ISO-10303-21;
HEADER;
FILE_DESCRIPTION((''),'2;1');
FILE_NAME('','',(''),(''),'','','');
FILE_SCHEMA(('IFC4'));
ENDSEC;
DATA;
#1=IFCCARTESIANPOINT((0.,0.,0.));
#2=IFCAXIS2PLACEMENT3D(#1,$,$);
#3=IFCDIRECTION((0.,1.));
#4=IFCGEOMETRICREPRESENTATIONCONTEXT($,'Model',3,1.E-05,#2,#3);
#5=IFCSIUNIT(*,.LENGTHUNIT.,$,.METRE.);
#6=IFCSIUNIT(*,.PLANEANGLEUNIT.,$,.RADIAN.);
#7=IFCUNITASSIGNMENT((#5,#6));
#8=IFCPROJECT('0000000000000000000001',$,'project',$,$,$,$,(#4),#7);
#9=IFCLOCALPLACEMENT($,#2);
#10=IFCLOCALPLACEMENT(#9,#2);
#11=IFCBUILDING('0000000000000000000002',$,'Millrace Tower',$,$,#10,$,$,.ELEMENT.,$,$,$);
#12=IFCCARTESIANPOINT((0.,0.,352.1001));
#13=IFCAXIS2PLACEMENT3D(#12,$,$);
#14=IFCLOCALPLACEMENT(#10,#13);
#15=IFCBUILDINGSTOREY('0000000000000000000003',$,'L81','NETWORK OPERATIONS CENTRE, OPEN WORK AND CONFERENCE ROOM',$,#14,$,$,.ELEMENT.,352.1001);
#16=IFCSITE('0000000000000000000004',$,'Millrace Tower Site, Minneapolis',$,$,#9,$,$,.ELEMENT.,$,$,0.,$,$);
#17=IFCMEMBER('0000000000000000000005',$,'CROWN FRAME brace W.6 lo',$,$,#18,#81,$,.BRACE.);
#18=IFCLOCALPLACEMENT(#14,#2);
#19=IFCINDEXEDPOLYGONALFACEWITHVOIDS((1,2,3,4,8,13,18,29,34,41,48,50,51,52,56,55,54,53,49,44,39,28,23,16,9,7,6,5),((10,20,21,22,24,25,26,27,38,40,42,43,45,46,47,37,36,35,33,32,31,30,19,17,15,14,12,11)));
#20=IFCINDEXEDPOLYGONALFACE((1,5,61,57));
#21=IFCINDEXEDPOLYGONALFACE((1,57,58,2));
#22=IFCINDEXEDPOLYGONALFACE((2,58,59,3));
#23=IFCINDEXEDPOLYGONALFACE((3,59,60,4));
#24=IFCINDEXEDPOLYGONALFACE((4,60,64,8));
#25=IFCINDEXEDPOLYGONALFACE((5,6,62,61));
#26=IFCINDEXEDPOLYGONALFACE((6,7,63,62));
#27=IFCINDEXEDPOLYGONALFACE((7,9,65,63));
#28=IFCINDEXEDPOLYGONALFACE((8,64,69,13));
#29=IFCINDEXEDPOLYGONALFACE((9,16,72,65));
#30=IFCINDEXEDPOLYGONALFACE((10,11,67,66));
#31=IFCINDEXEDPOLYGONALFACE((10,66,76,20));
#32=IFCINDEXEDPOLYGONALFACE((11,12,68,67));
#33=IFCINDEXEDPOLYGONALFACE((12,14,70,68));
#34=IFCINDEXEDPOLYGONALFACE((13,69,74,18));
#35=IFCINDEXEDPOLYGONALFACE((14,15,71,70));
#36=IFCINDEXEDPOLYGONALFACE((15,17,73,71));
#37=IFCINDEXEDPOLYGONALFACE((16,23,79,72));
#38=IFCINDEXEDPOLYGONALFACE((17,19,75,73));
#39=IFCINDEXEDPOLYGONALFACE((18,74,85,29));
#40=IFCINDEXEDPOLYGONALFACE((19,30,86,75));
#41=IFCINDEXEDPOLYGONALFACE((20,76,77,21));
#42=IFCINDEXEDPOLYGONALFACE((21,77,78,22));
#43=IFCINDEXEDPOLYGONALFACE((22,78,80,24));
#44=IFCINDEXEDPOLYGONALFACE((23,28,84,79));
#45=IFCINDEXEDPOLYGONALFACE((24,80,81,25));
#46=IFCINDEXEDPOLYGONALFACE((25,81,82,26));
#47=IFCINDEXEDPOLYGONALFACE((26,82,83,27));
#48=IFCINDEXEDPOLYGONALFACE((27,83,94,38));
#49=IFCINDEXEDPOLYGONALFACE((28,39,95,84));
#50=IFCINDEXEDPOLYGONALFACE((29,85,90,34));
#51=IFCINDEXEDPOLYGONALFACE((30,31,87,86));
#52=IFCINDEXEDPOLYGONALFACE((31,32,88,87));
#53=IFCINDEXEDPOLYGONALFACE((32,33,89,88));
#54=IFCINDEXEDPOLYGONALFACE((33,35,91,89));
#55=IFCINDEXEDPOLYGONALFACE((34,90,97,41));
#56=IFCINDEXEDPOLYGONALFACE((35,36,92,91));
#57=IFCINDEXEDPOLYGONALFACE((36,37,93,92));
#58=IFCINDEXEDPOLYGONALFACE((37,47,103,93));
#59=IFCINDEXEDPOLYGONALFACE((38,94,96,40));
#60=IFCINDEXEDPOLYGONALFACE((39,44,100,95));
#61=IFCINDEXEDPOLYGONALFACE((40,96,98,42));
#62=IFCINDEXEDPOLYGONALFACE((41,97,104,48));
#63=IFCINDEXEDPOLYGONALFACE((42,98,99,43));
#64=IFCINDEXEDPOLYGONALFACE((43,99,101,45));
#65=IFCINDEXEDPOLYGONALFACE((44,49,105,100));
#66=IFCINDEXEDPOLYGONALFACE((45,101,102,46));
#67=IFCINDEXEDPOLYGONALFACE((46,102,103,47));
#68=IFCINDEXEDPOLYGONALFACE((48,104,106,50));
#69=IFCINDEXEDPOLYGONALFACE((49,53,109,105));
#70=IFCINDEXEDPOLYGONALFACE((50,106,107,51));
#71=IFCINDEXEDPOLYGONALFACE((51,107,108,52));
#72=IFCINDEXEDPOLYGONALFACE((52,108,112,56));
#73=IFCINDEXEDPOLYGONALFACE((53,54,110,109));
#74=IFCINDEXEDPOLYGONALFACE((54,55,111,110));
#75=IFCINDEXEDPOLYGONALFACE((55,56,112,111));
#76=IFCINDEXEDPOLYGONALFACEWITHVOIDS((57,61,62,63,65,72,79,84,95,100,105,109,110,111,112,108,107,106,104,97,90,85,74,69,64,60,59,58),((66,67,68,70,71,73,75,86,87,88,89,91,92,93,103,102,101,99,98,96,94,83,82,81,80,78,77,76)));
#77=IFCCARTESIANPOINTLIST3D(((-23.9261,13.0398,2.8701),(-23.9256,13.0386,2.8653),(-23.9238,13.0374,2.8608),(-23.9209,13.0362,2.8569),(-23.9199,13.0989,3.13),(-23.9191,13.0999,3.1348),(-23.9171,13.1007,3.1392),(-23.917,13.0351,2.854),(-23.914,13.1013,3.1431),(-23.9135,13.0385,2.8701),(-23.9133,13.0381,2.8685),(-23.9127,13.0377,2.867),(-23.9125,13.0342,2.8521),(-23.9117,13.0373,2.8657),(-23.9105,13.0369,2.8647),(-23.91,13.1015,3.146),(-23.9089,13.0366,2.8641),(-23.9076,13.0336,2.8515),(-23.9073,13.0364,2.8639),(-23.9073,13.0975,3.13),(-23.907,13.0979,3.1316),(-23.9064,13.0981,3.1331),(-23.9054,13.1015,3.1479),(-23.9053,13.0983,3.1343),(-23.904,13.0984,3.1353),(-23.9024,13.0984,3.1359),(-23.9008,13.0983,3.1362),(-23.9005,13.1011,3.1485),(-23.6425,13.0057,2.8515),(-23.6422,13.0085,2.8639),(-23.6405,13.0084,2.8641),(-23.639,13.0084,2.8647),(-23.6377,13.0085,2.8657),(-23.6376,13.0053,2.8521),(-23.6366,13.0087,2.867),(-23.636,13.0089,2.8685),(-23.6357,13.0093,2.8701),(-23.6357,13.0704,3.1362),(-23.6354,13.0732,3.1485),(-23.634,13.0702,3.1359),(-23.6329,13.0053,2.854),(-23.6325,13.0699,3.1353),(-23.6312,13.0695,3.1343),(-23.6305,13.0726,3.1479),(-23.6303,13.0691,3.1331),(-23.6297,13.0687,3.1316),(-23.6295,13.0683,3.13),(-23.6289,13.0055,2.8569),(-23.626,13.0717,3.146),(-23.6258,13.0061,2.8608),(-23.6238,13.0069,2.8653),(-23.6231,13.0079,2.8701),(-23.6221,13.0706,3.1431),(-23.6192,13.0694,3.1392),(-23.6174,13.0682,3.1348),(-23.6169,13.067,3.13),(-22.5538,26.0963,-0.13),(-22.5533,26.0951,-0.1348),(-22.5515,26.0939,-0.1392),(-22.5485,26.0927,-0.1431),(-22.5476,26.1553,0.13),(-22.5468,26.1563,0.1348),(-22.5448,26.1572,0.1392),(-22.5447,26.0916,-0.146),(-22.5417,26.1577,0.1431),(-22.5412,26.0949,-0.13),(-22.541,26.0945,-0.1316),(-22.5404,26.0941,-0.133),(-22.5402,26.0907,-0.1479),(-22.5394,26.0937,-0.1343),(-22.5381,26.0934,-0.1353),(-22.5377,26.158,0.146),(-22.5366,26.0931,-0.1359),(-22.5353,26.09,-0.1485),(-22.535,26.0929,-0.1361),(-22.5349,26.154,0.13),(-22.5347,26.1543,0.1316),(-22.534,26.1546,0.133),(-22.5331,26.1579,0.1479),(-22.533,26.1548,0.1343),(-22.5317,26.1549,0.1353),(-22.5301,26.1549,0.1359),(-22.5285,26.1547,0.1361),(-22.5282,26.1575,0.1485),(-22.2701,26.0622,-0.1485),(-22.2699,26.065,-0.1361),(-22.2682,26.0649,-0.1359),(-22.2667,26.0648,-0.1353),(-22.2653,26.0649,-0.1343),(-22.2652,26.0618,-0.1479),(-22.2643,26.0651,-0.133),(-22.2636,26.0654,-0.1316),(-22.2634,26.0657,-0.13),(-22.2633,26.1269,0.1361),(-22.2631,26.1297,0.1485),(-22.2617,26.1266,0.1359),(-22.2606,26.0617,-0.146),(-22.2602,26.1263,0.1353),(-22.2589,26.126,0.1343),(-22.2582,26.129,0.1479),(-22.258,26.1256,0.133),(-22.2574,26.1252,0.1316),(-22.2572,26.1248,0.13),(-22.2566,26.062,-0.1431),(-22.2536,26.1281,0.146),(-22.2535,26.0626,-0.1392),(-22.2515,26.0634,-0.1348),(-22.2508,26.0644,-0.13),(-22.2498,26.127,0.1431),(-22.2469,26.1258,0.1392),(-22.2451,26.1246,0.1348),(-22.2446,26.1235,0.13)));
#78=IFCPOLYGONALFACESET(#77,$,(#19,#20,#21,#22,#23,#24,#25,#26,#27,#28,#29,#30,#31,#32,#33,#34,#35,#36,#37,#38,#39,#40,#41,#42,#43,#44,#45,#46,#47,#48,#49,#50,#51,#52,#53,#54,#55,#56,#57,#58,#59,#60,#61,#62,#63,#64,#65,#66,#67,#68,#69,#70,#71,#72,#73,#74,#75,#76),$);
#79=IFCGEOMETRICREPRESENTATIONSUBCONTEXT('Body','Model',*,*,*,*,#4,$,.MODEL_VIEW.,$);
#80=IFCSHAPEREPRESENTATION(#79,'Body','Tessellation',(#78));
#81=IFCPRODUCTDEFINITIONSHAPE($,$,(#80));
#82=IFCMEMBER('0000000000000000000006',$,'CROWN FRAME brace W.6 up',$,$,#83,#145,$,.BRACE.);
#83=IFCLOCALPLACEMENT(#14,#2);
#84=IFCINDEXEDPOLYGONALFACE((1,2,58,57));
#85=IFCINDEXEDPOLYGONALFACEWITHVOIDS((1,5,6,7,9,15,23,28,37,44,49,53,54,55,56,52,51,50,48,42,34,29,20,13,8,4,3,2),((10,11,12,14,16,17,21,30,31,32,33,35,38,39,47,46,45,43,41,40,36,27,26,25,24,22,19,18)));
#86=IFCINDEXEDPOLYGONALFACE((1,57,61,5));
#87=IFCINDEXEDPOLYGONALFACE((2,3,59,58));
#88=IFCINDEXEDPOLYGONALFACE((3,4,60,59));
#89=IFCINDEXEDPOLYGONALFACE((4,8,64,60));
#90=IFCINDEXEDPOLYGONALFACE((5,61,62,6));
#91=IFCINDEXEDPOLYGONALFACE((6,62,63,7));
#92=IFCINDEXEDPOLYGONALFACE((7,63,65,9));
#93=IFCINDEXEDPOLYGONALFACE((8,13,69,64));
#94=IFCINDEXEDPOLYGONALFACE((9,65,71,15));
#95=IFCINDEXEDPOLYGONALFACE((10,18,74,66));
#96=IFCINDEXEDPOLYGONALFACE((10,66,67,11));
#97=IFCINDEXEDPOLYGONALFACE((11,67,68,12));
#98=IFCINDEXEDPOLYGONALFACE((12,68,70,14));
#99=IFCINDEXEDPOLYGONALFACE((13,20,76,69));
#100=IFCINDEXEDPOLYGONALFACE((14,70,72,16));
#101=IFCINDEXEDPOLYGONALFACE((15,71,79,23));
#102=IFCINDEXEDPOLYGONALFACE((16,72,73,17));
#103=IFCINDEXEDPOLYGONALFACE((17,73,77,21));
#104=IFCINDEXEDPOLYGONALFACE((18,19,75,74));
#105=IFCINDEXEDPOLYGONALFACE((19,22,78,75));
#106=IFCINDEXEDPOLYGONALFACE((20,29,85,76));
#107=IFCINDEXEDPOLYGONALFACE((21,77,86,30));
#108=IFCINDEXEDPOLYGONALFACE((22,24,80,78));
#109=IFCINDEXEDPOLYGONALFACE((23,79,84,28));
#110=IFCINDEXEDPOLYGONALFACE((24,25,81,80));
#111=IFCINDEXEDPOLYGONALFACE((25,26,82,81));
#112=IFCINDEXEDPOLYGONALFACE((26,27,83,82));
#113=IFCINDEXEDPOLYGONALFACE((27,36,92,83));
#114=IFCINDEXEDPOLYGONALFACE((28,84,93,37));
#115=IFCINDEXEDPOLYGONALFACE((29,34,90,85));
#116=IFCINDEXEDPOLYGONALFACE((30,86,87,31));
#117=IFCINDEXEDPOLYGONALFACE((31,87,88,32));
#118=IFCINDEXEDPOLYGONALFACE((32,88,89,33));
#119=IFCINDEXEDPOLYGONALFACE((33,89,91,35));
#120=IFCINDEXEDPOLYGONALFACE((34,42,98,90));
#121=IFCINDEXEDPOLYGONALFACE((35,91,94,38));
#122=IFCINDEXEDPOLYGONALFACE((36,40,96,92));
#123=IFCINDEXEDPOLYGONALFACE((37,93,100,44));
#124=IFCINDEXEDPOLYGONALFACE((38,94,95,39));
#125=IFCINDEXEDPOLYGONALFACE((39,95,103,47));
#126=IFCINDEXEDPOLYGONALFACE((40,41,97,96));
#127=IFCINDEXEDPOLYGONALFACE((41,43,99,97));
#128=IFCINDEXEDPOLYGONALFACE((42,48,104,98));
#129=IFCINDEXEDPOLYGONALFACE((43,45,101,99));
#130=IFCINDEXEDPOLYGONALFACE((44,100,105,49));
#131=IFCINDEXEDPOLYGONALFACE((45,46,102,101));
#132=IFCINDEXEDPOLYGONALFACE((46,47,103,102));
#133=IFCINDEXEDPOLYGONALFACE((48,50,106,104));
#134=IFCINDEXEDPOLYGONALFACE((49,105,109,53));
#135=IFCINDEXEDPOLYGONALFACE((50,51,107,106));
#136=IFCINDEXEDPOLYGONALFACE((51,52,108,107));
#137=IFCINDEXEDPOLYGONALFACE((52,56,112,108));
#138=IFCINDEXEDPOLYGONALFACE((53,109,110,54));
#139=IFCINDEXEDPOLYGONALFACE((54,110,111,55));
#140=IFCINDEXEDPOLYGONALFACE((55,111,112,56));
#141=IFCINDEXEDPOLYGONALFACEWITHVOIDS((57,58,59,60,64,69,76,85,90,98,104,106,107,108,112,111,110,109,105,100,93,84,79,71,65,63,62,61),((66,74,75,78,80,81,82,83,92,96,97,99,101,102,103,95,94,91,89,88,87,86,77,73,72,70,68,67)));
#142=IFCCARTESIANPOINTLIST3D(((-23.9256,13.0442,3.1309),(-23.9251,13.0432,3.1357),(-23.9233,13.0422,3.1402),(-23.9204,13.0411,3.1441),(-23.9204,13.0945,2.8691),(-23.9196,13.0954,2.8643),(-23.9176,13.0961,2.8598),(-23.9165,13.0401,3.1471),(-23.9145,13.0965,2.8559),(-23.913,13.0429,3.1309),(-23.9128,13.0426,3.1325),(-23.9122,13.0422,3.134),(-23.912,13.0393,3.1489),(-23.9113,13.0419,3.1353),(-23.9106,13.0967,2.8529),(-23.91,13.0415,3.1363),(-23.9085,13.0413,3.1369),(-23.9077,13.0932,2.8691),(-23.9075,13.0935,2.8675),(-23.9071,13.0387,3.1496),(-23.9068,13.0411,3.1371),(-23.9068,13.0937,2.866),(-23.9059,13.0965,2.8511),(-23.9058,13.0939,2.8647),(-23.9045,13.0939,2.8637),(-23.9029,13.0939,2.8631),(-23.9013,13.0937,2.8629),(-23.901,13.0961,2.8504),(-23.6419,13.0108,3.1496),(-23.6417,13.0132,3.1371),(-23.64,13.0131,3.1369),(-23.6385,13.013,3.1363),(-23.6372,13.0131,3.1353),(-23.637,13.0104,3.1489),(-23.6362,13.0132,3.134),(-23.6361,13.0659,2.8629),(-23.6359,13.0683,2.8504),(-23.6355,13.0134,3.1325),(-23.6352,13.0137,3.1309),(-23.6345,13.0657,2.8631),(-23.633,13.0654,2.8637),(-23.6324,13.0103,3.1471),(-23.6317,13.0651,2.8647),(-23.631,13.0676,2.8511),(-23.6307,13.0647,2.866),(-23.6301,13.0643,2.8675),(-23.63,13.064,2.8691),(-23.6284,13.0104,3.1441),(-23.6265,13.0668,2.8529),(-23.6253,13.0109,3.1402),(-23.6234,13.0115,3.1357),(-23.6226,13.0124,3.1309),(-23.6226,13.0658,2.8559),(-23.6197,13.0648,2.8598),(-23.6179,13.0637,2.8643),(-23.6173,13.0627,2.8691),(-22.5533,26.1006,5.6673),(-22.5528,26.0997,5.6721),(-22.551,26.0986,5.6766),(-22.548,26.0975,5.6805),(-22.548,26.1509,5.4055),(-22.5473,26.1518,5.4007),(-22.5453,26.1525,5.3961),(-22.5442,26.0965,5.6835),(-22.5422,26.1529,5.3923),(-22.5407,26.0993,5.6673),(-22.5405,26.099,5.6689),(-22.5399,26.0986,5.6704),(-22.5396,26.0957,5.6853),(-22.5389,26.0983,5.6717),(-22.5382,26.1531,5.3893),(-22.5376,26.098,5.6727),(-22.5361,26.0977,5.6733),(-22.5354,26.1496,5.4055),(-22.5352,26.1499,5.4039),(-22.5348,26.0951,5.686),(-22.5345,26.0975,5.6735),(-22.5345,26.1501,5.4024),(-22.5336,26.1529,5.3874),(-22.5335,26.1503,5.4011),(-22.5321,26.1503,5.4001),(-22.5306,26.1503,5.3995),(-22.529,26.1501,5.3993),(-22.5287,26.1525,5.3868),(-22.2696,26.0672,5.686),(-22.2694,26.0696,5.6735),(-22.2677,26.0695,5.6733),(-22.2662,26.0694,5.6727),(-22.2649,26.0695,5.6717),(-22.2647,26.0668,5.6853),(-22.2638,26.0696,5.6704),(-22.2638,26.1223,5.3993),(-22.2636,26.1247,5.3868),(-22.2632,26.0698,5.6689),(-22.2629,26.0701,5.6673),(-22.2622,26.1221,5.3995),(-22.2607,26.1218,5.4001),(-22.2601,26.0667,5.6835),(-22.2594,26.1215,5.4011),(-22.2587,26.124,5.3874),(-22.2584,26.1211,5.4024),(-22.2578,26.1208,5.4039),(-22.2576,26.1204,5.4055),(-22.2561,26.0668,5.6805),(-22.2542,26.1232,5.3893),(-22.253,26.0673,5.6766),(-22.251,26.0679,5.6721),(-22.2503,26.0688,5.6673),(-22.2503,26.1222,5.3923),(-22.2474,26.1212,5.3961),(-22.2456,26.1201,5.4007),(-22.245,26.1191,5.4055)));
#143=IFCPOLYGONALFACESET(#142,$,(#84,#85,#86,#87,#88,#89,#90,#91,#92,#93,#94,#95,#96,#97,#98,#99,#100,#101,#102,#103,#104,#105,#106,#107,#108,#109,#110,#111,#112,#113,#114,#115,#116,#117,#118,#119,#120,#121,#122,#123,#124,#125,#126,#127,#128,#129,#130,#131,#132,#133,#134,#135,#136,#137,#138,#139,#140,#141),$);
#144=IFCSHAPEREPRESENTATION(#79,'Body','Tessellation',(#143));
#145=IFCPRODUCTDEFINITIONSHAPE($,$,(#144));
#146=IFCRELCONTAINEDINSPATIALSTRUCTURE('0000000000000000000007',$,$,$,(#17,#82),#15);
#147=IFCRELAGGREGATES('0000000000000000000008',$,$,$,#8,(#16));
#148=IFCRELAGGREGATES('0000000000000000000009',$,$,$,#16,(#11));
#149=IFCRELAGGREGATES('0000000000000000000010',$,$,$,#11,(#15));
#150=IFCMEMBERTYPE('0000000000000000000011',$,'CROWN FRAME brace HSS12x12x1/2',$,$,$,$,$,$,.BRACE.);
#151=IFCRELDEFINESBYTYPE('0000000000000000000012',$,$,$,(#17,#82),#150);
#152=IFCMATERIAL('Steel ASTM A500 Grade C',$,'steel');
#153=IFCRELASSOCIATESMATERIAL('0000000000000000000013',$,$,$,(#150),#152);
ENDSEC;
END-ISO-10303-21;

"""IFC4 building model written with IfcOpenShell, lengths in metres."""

from ifc_helpers import new_model, si_unit, direction, frame, origin, origin_2d, place, context, subcontext, project, spatial, hollow_rectangle, extrude, material, material_profile, profile_set, type_object, element, save


model = new_model("IFC4")

# Units and contexts
model_context = context("Model", 3, precision=1e-05, world=origin(), true_north=direction((0.0, 1.0)))
body_context = subcontext(model_context, "Body", "Model", "MODEL_VIEW")
ifc_project = project(units=[si_unit("LENGTHUNIT", "METRE"), si_unit("PLANEANGLEUNIT", "RADIAN")], contexts=[model_context])

# Site, building, storey
site_placement = place(None, origin())
site = spatial("IfcSite", under=ifc_project, at=site_placement, Name="Millrace Tower Site, Minneapolis", CompositionType="ELEMENT", RefElevation=0.0)
building_placement = place(site_placement, origin())
building = spatial("IfcBuilding", under=site, at=building_placement, Name="Millrace Tower", CompositionType="ELEMENT")
storey_placement = place(building_placement, frame((0.0, 0.0, 352.1001)))
storey = spatial("IfcBuildingStorey", under=building, at=storey_placement, Name="L81", Description="NETWORK OPERATIONS CENTRE, OPEN WORK AND CONFERENCE ROOM", CompositionType="ELEMENT", Elevation=352.1001)

# Members
ifc_material_1 = material(Name="Steel ASTM A500 Grade C", Category="steel")
ifc_material_profile_1 = material_profile(ifc_material_1, hollow_rectangle(XDim=0.3047, YDim=0.3047, WallThickness=0.0127, InnerFilletRadius=0.0063, OuterFilletRadius=0.019, at=origin_2d()))
ifc_profile_set_1 = profile_set([ifc_material_profile_1], Name="Steel ASTM A500 Grade C")
member_type = type_object("IfcMemberType", Name="CROWN FRAME brace HSS12x12x1/2", PredefinedType="BRACE", material=ifc_profile_set_1)
member_1_placement = place(storey_placement, frame((-22.3992, 26.1099, 0.0), z_axis=(-0.101904, -0.96953, 0.222771), x_axis=(0.994522, -0.104531, 0.0)))
element("IfcMember", 1, at=member_1_placement, inside=storey, type_object=member_type, Name="CROWN FRAME brace W.6 lo", PredefinedType="BRACE", context=body_context, shape_type="SweptSolid", body=[
    extrude(hollow_rectangle(XDim=0.3047, YDim=0.3047, WallThickness=0.0127, InnerFilletRadius=0.0063, OuterFilletRadius=0.019, at=origin_2d()), origin(), (0.0, 0.0, 1.0), 13.4668),
])
member_2_placement = place(storey_placement, frame((-23.7715, 13.0535, 3.0), z_axis=(0.102633, 0.976465, 0.189691), x_axis=(-0.994522, 0.104531, 0.0)))
element("IfcMember", 2, at=member_2_placement, inside=storey, type_object=member_type, Name="CROWN FRAME brace W.6 up", PredefinedType="BRACE", context=body_context, shape_type="SweptSolid", body=[
    extrude(hollow_rectangle(XDim=0.3047, YDim=0.3047, WallThickness=0.0127, InnerFilletRadius=0.0063, OuterFilletRadius=0.019, at=origin_2d()), origin(), (0.0, 0.0, 1.0), 13.3711),
])

save(model, "model.ifc")
